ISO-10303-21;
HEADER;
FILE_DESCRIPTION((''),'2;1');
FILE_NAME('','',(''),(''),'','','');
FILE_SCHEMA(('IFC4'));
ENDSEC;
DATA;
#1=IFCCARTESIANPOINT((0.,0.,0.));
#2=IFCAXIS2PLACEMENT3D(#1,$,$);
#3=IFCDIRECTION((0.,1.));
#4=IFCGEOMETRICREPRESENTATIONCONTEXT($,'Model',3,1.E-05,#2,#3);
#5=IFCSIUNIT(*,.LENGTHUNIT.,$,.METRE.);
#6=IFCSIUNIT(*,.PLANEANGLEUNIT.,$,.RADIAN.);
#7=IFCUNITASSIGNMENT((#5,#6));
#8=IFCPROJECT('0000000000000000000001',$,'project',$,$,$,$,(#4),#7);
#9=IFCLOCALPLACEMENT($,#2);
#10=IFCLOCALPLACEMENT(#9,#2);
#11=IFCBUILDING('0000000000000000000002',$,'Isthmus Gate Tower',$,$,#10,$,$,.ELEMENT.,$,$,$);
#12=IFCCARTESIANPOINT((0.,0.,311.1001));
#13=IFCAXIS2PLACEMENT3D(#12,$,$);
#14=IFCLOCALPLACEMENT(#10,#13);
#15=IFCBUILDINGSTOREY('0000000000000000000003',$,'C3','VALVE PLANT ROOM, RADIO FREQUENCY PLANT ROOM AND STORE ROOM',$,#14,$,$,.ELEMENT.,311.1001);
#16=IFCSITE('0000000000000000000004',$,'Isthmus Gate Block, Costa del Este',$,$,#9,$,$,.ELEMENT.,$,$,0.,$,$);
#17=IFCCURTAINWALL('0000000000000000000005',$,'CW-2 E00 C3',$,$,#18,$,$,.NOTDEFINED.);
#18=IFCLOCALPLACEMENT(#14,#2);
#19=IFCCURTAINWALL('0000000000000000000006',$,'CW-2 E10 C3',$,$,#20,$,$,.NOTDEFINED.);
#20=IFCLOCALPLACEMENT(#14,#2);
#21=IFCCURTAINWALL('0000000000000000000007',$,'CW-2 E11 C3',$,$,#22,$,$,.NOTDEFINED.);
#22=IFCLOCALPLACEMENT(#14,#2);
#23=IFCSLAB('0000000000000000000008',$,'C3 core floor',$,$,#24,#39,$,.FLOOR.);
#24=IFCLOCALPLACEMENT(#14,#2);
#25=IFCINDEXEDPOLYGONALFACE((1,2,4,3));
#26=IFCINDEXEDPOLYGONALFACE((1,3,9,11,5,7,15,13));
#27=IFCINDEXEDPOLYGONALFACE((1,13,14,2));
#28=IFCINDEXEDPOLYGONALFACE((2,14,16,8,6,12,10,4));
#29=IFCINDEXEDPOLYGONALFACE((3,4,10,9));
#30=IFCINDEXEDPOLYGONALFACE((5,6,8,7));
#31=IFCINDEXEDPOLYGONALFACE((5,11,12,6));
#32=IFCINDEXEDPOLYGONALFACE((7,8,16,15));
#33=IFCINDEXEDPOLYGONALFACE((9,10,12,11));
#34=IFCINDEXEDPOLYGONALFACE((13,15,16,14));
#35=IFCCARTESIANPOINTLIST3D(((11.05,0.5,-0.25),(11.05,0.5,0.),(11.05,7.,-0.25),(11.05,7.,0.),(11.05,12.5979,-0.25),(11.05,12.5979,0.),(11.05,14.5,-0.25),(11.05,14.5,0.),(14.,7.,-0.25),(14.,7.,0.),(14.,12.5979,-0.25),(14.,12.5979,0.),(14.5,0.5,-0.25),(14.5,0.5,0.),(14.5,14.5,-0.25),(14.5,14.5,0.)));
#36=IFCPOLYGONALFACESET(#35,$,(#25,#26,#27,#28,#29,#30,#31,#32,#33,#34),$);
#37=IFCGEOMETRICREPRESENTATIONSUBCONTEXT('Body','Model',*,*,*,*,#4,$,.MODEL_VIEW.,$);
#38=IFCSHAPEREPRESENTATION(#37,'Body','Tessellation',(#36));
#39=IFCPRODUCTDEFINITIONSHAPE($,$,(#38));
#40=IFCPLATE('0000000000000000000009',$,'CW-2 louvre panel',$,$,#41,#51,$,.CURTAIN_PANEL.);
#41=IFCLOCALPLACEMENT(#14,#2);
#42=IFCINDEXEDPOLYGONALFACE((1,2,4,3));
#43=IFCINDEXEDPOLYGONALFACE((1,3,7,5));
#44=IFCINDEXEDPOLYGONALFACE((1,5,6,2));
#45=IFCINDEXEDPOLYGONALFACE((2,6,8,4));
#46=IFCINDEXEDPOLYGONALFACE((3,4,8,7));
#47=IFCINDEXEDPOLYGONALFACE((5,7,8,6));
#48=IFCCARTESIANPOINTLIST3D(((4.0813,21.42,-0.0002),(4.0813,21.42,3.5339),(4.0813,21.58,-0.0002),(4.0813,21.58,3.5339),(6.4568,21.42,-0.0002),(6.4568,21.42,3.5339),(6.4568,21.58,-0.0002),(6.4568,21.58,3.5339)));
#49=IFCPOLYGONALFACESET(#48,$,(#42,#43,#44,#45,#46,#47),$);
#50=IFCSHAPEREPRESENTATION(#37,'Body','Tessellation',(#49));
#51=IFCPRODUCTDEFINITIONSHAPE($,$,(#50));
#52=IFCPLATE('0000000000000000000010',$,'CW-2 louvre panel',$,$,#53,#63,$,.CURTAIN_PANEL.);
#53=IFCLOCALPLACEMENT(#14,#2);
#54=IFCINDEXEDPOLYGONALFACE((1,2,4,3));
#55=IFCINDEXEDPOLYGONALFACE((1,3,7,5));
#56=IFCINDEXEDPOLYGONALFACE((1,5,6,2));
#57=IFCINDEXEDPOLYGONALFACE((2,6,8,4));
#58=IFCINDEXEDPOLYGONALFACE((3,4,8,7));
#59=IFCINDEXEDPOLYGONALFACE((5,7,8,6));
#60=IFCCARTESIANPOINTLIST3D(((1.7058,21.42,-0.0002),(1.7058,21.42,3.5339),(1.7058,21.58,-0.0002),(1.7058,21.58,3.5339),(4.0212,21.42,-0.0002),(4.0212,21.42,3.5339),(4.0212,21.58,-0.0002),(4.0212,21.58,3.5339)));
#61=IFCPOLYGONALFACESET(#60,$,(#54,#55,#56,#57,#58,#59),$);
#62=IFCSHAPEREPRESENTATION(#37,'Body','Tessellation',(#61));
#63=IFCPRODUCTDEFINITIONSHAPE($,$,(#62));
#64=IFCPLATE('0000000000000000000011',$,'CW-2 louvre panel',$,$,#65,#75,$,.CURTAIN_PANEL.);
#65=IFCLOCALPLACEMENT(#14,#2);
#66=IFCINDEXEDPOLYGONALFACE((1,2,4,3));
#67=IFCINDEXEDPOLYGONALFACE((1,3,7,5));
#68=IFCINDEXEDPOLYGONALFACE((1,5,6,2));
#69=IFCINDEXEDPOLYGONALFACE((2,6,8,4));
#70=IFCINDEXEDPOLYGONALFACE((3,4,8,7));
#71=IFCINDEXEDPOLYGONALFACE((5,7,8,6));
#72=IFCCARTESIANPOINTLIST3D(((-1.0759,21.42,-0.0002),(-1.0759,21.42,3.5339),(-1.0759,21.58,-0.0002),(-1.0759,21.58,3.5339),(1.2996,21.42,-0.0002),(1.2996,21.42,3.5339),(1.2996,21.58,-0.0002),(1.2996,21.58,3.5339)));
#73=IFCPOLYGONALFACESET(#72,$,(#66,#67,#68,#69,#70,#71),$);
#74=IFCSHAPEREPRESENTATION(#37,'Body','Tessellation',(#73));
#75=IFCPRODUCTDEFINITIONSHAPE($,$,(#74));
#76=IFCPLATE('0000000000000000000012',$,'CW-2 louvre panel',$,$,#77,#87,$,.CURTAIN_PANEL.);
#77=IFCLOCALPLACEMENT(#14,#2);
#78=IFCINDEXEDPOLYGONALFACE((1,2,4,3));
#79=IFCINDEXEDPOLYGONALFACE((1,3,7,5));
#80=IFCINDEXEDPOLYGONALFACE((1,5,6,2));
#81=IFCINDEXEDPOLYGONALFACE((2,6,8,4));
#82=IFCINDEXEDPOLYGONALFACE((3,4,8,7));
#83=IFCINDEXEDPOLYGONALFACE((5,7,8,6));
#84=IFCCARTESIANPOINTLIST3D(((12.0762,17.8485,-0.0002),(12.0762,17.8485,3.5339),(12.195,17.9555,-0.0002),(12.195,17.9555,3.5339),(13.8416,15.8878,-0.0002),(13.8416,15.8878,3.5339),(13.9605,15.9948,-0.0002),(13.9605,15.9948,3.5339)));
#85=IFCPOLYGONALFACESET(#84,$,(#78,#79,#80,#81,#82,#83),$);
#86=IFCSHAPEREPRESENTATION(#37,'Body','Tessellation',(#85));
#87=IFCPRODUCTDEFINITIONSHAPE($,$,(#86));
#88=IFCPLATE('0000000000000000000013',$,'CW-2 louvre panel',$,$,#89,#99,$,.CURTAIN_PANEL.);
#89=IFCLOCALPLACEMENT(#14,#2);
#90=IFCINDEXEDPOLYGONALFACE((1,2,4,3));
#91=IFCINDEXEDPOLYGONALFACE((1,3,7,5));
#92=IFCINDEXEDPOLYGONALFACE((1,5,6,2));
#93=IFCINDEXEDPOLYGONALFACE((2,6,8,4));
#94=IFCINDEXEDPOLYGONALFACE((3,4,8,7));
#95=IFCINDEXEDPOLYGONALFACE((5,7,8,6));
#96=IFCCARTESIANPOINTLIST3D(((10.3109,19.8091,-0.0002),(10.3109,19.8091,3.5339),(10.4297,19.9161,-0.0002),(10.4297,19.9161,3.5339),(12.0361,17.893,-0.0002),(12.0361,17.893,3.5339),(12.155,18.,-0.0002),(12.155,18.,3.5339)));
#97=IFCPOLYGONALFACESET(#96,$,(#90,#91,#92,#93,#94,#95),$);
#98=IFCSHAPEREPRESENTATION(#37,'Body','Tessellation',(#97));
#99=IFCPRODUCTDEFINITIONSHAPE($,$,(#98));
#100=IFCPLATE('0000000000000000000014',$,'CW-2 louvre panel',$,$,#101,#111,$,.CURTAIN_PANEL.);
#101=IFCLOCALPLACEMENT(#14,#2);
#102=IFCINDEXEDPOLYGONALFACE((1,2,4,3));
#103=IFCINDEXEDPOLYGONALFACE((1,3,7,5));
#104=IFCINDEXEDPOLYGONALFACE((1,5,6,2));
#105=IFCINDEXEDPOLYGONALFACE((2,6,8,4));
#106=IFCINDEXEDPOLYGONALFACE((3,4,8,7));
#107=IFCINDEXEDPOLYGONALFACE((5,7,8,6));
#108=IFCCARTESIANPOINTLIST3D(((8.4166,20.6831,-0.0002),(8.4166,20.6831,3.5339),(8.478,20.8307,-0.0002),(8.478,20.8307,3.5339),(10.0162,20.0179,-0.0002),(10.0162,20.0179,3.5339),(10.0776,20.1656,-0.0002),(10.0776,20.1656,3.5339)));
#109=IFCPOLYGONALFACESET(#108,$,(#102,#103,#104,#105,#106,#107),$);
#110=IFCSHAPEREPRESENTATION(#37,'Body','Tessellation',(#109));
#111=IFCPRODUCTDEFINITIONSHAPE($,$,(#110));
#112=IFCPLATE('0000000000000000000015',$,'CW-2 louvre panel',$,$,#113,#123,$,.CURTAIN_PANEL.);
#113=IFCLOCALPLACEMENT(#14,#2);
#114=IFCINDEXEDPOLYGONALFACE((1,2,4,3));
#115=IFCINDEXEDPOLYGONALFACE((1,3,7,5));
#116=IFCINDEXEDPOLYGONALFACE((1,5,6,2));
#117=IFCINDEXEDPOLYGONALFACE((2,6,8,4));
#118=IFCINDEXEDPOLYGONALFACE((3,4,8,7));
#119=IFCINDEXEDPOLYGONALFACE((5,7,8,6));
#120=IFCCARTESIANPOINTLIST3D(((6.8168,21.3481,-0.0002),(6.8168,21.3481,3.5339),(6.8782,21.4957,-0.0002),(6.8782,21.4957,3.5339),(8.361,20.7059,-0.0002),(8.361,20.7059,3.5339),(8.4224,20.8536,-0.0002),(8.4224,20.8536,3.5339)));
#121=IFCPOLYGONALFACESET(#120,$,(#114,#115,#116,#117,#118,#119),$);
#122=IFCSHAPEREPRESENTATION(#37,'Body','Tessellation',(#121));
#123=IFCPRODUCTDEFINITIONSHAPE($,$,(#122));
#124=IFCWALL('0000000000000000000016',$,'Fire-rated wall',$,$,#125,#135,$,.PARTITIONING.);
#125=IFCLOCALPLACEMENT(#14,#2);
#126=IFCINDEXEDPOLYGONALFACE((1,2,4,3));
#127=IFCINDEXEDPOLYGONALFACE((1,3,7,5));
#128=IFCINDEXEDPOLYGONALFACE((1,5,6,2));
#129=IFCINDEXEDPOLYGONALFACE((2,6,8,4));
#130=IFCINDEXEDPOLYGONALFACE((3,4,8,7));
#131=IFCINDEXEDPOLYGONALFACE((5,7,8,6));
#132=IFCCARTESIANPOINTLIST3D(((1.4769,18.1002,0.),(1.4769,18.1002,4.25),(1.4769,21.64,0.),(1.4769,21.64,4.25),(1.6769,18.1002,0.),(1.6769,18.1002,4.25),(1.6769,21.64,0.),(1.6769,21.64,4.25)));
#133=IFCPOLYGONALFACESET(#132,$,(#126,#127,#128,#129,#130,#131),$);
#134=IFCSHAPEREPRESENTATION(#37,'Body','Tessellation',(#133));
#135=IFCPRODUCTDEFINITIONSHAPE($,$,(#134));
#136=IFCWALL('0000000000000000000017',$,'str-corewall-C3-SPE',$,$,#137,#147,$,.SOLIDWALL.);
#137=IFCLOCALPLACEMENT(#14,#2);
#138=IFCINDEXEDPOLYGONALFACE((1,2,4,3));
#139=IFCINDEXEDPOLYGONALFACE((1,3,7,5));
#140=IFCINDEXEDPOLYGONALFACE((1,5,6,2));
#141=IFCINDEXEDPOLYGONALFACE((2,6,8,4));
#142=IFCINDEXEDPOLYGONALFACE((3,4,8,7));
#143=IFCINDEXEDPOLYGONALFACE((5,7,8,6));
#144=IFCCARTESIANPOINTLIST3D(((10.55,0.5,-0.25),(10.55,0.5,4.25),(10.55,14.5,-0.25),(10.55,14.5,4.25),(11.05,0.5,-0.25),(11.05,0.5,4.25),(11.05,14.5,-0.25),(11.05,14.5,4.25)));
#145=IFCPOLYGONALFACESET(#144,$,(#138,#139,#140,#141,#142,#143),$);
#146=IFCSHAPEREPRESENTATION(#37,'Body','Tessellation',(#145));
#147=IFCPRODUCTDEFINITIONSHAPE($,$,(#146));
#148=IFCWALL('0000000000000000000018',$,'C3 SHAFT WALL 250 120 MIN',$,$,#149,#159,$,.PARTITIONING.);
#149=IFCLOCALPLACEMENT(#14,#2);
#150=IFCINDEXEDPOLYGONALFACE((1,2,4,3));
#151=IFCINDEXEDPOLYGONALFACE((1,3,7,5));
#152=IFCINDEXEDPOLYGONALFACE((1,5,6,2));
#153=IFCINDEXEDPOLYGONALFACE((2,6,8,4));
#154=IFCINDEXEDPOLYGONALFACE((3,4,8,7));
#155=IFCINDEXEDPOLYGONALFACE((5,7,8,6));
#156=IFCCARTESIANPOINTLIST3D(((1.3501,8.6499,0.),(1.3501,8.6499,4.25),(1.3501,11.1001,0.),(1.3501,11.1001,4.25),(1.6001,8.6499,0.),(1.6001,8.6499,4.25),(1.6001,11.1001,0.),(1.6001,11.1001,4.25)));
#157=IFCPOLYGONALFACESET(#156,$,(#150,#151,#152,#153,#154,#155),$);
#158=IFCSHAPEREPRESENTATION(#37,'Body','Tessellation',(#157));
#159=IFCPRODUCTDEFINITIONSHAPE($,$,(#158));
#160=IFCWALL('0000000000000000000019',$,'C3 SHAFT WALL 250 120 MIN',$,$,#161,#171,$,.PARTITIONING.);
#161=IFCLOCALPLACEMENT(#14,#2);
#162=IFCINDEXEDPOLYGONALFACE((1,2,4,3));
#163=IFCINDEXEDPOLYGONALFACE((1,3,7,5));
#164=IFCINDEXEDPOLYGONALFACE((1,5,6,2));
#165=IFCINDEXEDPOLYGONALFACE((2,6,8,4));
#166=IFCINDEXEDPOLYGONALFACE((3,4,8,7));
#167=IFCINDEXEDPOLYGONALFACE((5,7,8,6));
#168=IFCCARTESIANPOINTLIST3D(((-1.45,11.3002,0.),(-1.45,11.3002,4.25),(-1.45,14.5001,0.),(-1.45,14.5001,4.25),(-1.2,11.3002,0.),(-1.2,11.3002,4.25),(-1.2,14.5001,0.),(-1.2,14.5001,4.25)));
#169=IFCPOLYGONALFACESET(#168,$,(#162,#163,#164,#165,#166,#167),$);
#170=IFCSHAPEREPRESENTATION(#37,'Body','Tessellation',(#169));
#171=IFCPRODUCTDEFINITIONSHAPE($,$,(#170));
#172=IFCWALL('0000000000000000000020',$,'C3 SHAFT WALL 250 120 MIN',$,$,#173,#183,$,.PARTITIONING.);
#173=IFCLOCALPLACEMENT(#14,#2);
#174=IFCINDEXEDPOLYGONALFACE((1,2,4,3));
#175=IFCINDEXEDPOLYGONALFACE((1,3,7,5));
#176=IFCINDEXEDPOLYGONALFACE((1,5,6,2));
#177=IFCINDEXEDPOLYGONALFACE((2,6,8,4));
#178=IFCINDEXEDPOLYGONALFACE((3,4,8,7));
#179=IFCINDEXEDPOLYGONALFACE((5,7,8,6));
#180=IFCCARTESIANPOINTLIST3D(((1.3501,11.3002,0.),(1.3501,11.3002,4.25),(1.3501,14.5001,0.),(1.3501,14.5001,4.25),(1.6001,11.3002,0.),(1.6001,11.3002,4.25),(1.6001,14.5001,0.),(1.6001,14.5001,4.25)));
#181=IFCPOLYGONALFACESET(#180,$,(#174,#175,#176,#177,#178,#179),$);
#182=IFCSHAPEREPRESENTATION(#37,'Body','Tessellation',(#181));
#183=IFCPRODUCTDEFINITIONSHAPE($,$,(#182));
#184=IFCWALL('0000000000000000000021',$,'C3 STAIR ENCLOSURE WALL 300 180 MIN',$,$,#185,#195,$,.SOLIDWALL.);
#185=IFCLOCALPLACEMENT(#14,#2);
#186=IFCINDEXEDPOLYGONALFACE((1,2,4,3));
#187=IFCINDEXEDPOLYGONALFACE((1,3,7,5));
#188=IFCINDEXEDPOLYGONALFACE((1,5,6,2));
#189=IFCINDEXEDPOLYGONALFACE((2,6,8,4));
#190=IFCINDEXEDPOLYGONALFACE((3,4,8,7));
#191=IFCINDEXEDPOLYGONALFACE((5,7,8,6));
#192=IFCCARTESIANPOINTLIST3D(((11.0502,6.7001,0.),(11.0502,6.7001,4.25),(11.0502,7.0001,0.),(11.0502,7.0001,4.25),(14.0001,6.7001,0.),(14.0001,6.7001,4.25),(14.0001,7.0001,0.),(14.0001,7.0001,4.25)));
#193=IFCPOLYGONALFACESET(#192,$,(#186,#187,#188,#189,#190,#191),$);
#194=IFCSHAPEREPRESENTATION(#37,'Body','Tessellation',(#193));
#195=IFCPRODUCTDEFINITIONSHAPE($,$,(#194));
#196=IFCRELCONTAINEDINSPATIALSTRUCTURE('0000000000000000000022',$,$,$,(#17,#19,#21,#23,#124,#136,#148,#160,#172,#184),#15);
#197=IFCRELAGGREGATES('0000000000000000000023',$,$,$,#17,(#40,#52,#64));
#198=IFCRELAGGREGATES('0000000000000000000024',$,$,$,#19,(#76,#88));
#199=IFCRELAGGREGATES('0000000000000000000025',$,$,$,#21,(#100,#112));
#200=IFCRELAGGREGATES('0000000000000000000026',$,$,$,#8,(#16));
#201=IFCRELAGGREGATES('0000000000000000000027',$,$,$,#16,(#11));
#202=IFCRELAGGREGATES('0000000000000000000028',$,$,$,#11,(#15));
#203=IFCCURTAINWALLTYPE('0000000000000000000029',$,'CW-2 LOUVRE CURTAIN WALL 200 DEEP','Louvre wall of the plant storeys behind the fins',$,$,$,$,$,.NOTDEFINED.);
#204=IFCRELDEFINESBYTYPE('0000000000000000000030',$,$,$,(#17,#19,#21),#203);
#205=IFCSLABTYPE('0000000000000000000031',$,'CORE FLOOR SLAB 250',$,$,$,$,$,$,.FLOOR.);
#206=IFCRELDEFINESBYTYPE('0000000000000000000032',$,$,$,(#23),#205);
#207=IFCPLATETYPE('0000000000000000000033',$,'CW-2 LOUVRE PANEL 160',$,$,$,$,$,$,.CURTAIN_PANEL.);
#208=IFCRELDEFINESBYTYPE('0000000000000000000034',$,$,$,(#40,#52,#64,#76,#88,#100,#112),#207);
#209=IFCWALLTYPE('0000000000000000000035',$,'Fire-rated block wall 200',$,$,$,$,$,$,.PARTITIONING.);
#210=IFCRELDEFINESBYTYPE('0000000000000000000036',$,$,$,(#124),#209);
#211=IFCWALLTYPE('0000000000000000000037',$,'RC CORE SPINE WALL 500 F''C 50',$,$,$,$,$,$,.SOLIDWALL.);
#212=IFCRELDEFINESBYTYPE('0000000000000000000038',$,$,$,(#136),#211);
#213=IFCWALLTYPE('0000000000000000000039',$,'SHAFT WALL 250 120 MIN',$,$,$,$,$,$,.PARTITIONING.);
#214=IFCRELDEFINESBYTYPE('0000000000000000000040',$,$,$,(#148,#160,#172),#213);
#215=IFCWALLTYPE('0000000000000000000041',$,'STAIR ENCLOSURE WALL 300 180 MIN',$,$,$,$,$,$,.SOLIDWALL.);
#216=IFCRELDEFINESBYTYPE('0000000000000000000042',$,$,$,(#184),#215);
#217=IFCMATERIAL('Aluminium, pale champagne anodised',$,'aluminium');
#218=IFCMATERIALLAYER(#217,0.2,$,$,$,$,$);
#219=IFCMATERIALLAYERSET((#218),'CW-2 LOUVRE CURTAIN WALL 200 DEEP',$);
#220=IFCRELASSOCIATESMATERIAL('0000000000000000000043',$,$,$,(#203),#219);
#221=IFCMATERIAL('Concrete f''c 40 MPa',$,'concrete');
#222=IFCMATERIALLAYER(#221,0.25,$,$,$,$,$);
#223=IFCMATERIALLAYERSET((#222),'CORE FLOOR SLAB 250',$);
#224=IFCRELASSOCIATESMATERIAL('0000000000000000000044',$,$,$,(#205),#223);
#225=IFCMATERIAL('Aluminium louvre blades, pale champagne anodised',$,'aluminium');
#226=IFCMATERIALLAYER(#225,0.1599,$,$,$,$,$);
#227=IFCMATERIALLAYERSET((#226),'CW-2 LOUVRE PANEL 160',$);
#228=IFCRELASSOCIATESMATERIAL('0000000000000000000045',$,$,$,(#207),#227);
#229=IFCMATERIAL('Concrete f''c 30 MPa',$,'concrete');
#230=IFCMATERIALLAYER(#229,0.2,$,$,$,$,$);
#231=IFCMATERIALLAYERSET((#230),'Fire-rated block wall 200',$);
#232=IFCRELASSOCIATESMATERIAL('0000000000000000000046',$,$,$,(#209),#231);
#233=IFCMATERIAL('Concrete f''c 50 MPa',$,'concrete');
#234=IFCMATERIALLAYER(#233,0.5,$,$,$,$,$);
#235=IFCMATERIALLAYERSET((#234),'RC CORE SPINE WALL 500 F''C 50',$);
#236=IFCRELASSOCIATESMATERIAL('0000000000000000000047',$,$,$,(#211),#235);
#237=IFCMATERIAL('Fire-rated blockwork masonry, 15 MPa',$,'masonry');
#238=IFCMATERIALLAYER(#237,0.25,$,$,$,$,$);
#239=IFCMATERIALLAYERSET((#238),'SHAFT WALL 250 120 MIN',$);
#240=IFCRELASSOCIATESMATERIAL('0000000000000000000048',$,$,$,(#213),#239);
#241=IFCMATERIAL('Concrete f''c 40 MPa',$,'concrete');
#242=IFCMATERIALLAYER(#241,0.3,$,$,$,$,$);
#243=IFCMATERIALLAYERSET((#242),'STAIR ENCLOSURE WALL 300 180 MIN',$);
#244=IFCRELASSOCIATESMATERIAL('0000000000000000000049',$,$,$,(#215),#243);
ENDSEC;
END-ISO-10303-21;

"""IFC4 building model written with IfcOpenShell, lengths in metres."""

from ifc_helpers import new_model, si_unit, direction, frame, frame_2d, origin, origin_2d, place, context, subcontext, project, spatial, polyline, rectangle, outline, extrude, material, layer, layer_set, type_object, element, aggregate, save


model = new_model("IFC4")

# Units and contexts
model_context = context("Model", 3, precision=1e-05, world=origin(), true_north=direction((0.0, 1.0)))
body_context = subcontext(model_context, "Body", "Model", "MODEL_VIEW")
ifc_project = project(units=[si_unit("LENGTHUNIT", "METRE"), si_unit("PLANEANGLEUNIT", "RADIAN")], contexts=[model_context])

# Site, building, storey
site_placement = place(None, origin())
site = spatial("IfcSite", under=ifc_project, at=site_placement, Name="Isthmus Gate Block, Costa del Este", CompositionType="ELEMENT", RefElevation=0.0)
building_placement = place(site_placement, origin())
building = spatial("IfcBuilding", under=site, at=building_placement, Name="Isthmus Gate Tower", CompositionType="ELEMENT")
storey_placement = place(building_placement, frame((0.0, 0.0, 311.1001)))
storey = spatial("IfcBuildingStorey", under=building, at=storey_placement, Name="C3", Description="VALVE PLANT ROOM, RADIO FREQUENCY PLANT ROOM AND STORE ROOM", CompositionType="ELEMENT", Elevation=311.1001)

# Curtain wall
ifc_material_1 = material(Name="Aluminium, pale champagne anodised", Category="aluminium")
ifc_layer_1 = layer(ifc_material_1, 0.2)
ifc_layer_set_1 = layer_set([ifc_layer_1], Name="CW-2 LOUVRE CURTAIN WALL 200 DEEP")
curtain_wall_type = type_object("IfcCurtainWallType", Name="CW-2 LOUVRE CURTAIN WALL 200 DEEP", Description="Louvre wall of the plant storeys behind the fins", PredefinedType="NOTDEFINED", material=ifc_layer_set_1)
curtain_wall_1_placement = place(storey_placement, origin())
curtain_wall_1 = element("IfcCurtainWall", 1, at=curtain_wall_1_placement, inside=storey, type_object=curtain_wall_type, Name="CW-2 E00 C3", PredefinedType="NOTDEFINED")

# Curtain walls
curtain_wall_2_placement = place(storey_placement, origin())
curtain_wall_2 = element("IfcCurtainWall", 2, at=curtain_wall_2_placement, inside=storey, type_object=curtain_wall_type, Name="CW-2 E10 C3", PredefinedType="NOTDEFINED")
curtain_wall_3_placement = place(storey_placement, origin())
curtain_wall_3 = element("IfcCurtainWall", 3, at=curtain_wall_3_placement, inside=storey, type_object=curtain_wall_type, Name="CW-2 E11 C3", PredefinedType="NOTDEFINED")

# Slab
ifc_material_2 = material(Name="Concrete f'c 40 MPa", Category="concrete")
ifc_layer_2 = layer(ifc_material_2, 0.25)
ifc_layer_set_2 = layer_set([ifc_layer_2], Name="CORE FLOOR SLAB 250")
slab_type = type_object("IfcSlabType", Name="CORE FLOOR SLAB 250", PredefinedType="FLOOR", material=ifc_layer_set_2)
slab_placement = place(storey_placement, frame((0.0, 0.0, -0.25)))
element("IfcSlab", 4, at=slab_placement, inside=storey, type_object=slab_type, Name="C3 core floor", PredefinedType="FLOOR", context=body_context, shape_type="SweptSolid", body=[
    extrude(outline(polyline([(11.05, 14.5), (11.05, 12.5979), (14.0, 12.5979), (14.0, 7.0), (11.05, 7.0), (11.05, 0.5), (14.5, 0.5), (14.5, 14.5), (11.05, 14.5)])), origin(), (0.0, 0.0, 1.0), 0.25),
])

# Plates
ifc_material_3 = material(Name="Aluminium louvre blades, pale champagne anodised", Category="aluminium")
ifc_layer_3 = layer(ifc_material_3, 0.1599)
ifc_layer_set_3 = layer_set([ifc_layer_3], Name="CW-2 LOUVRE PANEL 160")
plate_type = type_object("IfcPlateType", Name="CW-2 LOUVRE PANEL 160", PredefinedType="CURTAIN_PANEL", material=ifc_layer_set_3)
plate_1_placement = place(storey_placement, frame((5.269, 21.5, -0.0002), z_axis=(0.0, 0.0, 1.0), x_axis=(-1.0, 0.0, 0.0)))
plate_1 = element("IfcPlate", 5, at=plate_1_placement, type_object=plate_type, Name="CW-2 louvre panel", PredefinedType="CURTAIN_PANEL", context=body_context, shape_type="SweptSolid", body=[
    extrude(rectangle(XDim=2.3755, YDim=0.1599, at=origin_2d()), origin(), (0.0, 0.0, 1.0), 3.5342),
])
plate_2_placement = place(storey_placement, frame((2.8635, 21.5, -0.0002), z_axis=(0.0, 0.0, 1.0), x_axis=(-1.0, 0.0, 0.0)))
plate_2 = element("IfcPlate", 6, at=plate_2_placement, type_object=plate_type, Name="CW-2 louvre panel", PredefinedType="CURTAIN_PANEL", context=body_context, shape_type="SweptSolid", body=[
    extrude(rectangle(XDim=2.3154, YDim=0.1599, at=origin_2d()), origin(), (0.0, 0.0, 1.0), 3.5342),
])
plate_3_placement = place(storey_placement, frame((0.1118, 21.5, -0.0002), z_axis=(0.0, 0.0, 1.0), x_axis=(-1.0, 0.0, 0.0)))
plate_3 = element("IfcPlate", 7, at=plate_3_placement, type_object=plate_type, Name="CW-2 louvre panel", PredefinedType="CURTAIN_PANEL", context=body_context, shape_type="SweptSolid", body=[
    extrude(rectangle(XDim=2.3755, YDim=0.1599, at=origin_2d()), origin(), (0.0, 0.0, 1.0), 3.5342),
])
aggregate(curtain_wall_1, [plate_1, plate_2, plate_3])
plate_4_placement = place(storey_placement, frame((13.0183, 16.9216, -0.0002), z_axis=(0.0, 0.0, 1.0), x_axis=(-0.669131, 0.743145, 0.0)))
plate_4 = element("IfcPlate", 8, at=plate_4_placement, type_object=plate_type, Name="CW-2 louvre panel", PredefinedType="CURTAIN_PANEL", context=body_context, shape_type="SweptSolid", body=[
    extrude(rectangle(XDim=2.6384, YDim=0.1599, at=origin_2d()), origin(), (0.0, 0.0, 1.0), 3.5342),
])
plate_5_placement = place(storey_placement, frame((11.2329, 18.9045, -0.0002), z_axis=(0.0, 0.0, 1.0), x_axis=(-0.669131, 0.743145, 0.0)))
plate_5 = element("IfcPlate", 9, at=plate_5_placement, type_object=plate_type, Name="CW-2 louvre panel", PredefinedType="CURTAIN_PANEL", context=body_context, shape_type="SweptSolid", body=[
    extrude(rectangle(XDim=2.5784, YDim=0.1599, at=origin_2d()), origin(), (0.0, 0.0, 1.0), 3.5342),
])
aggregate(curtain_wall_2, [plate_4, plate_5])
plate_6_placement = place(storey_placement, frame((9.2471, 20.4243, -0.0002), z_axis=(0.0, 0.0, 1.0), x_axis=(-0.923353, 0.383952, 0.0)))
plate_6 = element("IfcPlate", 10, at=plate_6_placement, type_object=plate_type, Name="CW-2 louvre panel", PredefinedType="CURTAIN_PANEL", context=body_context, shape_type="SweptSolid", body=[
    extrude(rectangle(XDim=1.7324, YDim=0.1599, at=origin_2d()), origin(), (0.0, 0.0, 1.0), 3.5342),
])
plate_7_placement = place(storey_placement, frame((7.6196, 21.1008, -0.0002), z_axis=(0.0, 0.0, 1.0), x_axis=(-0.923353, 0.383952, 0.0)))
plate_7 = element("IfcPlate", 11, at=plate_7_placement, type_object=plate_type, Name="CW-2 louvre panel", PredefinedType="CURTAIN_PANEL", context=body_context, shape_type="SweptSolid", body=[
    extrude(rectangle(XDim=1.6724, YDim=0.1599, at=origin_2d()), origin(), (0.0, 0.0, 1.0), 3.5342),
])
aggregate(curtain_wall_3, [plate_6, plate_7])

# Walls
ifc_material_4 = material(Name="Concrete f'c 30 MPa", Category="concrete")
ifc_layer_4 = layer(ifc_material_4, 0.2)
ifc_layer_set_4 = layer_set([ifc_layer_4], Name="Fire-rated block wall 200")
wall_type_1 = type_object("IfcWallType", Name="Fire-rated block wall 200", PredefinedType="PARTITIONING", material=ifc_layer_set_4)
wall_1_placement = place(storey_placement, frame((1.5769, 18.1001, 0.0), z_axis=(0.0, 0.0, 1.0), x_axis=(0.0, 1.0, 0.0)))
element("IfcWall", 12, at=wall_1_placement, inside=storey, type_object=wall_type_1, Name="Fire-rated wall", PredefinedType="PARTITIONING", context=body_context, shape_type="SweptSolid", body=[
    extrude(rectangle(XDim=3.5398, YDim=0.2, at=frame_2d((1.77, 0.0))), origin(), (0.0, 0.0, 1.0), 4.25),
])
ifc_material_5 = material(Name="Concrete f'c 50 MPa", Category="concrete")
ifc_layer_5 = layer(ifc_material_5, 0.5)
ifc_layer_set_5 = layer_set([ifc_layer_5], Name="RC CORE SPINE WALL 500 F'C 50")
wall_type_2 = type_object("IfcWallType", Name="RC CORE SPINE WALL 500 F'C 50", PredefinedType="SOLIDWALL", material=ifc_layer_set_5)
wall_2_placement = place(storey_placement, frame((10.8, 0.5, -0.25), z_axis=(0.0, 0.0, 1.0), x_axis=(0.0, 1.0, 0.0)))
element("IfcWall", 13, at=wall_2_placement, inside=storey, type_object=wall_type_2, Name="str-corewall-C3-SPE", PredefinedType="SOLIDWALL", context=body_context, shape_type="SweptSolid", body=[
    extrude(rectangle(XDim=14.0, YDim=0.5, at=frame_2d((7.0, 0.0))), origin(), (0.0, 0.0, 1.0), 4.5),
])
ifc_material_6 = material(Name="Fire-rated blockwork masonry, 15 MPa", Category="masonry")
ifc_layer_6 = layer(ifc_material_6, 0.25)
ifc_layer_set_6 = layer_set([ifc_layer_6], Name="SHAFT WALL 250 120 MIN")
wall_type_3 = type_object("IfcWallType", Name="SHAFT WALL 250 120 MIN", PredefinedType="PARTITIONING", material=ifc_layer_set_6)
wall_3_placement = place(storey_placement, frame((1.4751, 8.6499, 0.0), z_axis=(0.0, 0.0, 1.0), x_axis=(0.0, 1.0, 0.0)))
element("IfcWall", 14, at=wall_3_placement, inside=storey, type_object=wall_type_3, Name="C3 SHAFT WALL 250 120 MIN", PredefinedType="PARTITIONING", context=body_context, shape_type="SweptSolid", body=[
    extrude(rectangle(XDim=2.4502, YDim=0.25, at=frame_2d((1.2251, 0.0))), origin(), (0.0, 0.0, 1.0), 4.25),
])
for number, where, z_axis, x_axis, name in (
    (15, (-1.325, 11.3, 0.0), (0.0, 0.0, 1.0), (0.0, 1.0, 0.0), "C3 SHAFT WALL 250 120 MIN"),
    (16, (1.4751, 11.3, 0.0), (0.0, 0.0, 1.0), (0.0, 1.0, 0.0), "C3 SHAFT WALL 250 120 MIN"),
):
    element("IfcWall", number, at=place(storey_placement, frame(where, z_axis=z_axis, x_axis=x_axis)), inside=storey, type_object=wall_type_3, Name=name, PredefinedType="PARTITIONING", context=body_context, shape_type="SweptSolid", body=[
        extrude(rectangle(XDim=3.2, YDim=0.25, at=frame_2d((1.6001, 0.0))), origin(), (0.0, 0.0, 1.0), 4.25),
    ])
ifc_material_7 = material(Name="Concrete f'c 40 MPa", Category="concrete")
ifc_layer_7 = layer(ifc_material_7, 0.3)
ifc_layer_set_7 = layer_set([ifc_layer_7], Name="STAIR ENCLOSURE WALL 300 180 MIN")
wall_type_4 = type_object("IfcWallType", Name="STAIR ENCLOSURE WALL 300 180 MIN", PredefinedType="SOLIDWALL", material=ifc_layer_set_7)
wall_4_placement = place(storey_placement, frame((11.05, 6.8501, 0.0), z_axis=(0.0, 0.0, 1.0), x_axis=(1.0, 0.0, 0.0)))
element("IfcWall", 17, at=wall_4_placement, inside=storey, type_object=wall_type_4, Name="C3 STAIR ENCLOSURE WALL 300 180 MIN", PredefinedType="SOLIDWALL", context=body_context, shape_type="SweptSolid", body=[
    extrude(rectangle(XDim=2.95, YDim=0.3, at=frame_2d((1.4751, 0.0))), origin(), (0.0, 0.0, 1.0), 4.25),
])

save(model, "model.ifc")
